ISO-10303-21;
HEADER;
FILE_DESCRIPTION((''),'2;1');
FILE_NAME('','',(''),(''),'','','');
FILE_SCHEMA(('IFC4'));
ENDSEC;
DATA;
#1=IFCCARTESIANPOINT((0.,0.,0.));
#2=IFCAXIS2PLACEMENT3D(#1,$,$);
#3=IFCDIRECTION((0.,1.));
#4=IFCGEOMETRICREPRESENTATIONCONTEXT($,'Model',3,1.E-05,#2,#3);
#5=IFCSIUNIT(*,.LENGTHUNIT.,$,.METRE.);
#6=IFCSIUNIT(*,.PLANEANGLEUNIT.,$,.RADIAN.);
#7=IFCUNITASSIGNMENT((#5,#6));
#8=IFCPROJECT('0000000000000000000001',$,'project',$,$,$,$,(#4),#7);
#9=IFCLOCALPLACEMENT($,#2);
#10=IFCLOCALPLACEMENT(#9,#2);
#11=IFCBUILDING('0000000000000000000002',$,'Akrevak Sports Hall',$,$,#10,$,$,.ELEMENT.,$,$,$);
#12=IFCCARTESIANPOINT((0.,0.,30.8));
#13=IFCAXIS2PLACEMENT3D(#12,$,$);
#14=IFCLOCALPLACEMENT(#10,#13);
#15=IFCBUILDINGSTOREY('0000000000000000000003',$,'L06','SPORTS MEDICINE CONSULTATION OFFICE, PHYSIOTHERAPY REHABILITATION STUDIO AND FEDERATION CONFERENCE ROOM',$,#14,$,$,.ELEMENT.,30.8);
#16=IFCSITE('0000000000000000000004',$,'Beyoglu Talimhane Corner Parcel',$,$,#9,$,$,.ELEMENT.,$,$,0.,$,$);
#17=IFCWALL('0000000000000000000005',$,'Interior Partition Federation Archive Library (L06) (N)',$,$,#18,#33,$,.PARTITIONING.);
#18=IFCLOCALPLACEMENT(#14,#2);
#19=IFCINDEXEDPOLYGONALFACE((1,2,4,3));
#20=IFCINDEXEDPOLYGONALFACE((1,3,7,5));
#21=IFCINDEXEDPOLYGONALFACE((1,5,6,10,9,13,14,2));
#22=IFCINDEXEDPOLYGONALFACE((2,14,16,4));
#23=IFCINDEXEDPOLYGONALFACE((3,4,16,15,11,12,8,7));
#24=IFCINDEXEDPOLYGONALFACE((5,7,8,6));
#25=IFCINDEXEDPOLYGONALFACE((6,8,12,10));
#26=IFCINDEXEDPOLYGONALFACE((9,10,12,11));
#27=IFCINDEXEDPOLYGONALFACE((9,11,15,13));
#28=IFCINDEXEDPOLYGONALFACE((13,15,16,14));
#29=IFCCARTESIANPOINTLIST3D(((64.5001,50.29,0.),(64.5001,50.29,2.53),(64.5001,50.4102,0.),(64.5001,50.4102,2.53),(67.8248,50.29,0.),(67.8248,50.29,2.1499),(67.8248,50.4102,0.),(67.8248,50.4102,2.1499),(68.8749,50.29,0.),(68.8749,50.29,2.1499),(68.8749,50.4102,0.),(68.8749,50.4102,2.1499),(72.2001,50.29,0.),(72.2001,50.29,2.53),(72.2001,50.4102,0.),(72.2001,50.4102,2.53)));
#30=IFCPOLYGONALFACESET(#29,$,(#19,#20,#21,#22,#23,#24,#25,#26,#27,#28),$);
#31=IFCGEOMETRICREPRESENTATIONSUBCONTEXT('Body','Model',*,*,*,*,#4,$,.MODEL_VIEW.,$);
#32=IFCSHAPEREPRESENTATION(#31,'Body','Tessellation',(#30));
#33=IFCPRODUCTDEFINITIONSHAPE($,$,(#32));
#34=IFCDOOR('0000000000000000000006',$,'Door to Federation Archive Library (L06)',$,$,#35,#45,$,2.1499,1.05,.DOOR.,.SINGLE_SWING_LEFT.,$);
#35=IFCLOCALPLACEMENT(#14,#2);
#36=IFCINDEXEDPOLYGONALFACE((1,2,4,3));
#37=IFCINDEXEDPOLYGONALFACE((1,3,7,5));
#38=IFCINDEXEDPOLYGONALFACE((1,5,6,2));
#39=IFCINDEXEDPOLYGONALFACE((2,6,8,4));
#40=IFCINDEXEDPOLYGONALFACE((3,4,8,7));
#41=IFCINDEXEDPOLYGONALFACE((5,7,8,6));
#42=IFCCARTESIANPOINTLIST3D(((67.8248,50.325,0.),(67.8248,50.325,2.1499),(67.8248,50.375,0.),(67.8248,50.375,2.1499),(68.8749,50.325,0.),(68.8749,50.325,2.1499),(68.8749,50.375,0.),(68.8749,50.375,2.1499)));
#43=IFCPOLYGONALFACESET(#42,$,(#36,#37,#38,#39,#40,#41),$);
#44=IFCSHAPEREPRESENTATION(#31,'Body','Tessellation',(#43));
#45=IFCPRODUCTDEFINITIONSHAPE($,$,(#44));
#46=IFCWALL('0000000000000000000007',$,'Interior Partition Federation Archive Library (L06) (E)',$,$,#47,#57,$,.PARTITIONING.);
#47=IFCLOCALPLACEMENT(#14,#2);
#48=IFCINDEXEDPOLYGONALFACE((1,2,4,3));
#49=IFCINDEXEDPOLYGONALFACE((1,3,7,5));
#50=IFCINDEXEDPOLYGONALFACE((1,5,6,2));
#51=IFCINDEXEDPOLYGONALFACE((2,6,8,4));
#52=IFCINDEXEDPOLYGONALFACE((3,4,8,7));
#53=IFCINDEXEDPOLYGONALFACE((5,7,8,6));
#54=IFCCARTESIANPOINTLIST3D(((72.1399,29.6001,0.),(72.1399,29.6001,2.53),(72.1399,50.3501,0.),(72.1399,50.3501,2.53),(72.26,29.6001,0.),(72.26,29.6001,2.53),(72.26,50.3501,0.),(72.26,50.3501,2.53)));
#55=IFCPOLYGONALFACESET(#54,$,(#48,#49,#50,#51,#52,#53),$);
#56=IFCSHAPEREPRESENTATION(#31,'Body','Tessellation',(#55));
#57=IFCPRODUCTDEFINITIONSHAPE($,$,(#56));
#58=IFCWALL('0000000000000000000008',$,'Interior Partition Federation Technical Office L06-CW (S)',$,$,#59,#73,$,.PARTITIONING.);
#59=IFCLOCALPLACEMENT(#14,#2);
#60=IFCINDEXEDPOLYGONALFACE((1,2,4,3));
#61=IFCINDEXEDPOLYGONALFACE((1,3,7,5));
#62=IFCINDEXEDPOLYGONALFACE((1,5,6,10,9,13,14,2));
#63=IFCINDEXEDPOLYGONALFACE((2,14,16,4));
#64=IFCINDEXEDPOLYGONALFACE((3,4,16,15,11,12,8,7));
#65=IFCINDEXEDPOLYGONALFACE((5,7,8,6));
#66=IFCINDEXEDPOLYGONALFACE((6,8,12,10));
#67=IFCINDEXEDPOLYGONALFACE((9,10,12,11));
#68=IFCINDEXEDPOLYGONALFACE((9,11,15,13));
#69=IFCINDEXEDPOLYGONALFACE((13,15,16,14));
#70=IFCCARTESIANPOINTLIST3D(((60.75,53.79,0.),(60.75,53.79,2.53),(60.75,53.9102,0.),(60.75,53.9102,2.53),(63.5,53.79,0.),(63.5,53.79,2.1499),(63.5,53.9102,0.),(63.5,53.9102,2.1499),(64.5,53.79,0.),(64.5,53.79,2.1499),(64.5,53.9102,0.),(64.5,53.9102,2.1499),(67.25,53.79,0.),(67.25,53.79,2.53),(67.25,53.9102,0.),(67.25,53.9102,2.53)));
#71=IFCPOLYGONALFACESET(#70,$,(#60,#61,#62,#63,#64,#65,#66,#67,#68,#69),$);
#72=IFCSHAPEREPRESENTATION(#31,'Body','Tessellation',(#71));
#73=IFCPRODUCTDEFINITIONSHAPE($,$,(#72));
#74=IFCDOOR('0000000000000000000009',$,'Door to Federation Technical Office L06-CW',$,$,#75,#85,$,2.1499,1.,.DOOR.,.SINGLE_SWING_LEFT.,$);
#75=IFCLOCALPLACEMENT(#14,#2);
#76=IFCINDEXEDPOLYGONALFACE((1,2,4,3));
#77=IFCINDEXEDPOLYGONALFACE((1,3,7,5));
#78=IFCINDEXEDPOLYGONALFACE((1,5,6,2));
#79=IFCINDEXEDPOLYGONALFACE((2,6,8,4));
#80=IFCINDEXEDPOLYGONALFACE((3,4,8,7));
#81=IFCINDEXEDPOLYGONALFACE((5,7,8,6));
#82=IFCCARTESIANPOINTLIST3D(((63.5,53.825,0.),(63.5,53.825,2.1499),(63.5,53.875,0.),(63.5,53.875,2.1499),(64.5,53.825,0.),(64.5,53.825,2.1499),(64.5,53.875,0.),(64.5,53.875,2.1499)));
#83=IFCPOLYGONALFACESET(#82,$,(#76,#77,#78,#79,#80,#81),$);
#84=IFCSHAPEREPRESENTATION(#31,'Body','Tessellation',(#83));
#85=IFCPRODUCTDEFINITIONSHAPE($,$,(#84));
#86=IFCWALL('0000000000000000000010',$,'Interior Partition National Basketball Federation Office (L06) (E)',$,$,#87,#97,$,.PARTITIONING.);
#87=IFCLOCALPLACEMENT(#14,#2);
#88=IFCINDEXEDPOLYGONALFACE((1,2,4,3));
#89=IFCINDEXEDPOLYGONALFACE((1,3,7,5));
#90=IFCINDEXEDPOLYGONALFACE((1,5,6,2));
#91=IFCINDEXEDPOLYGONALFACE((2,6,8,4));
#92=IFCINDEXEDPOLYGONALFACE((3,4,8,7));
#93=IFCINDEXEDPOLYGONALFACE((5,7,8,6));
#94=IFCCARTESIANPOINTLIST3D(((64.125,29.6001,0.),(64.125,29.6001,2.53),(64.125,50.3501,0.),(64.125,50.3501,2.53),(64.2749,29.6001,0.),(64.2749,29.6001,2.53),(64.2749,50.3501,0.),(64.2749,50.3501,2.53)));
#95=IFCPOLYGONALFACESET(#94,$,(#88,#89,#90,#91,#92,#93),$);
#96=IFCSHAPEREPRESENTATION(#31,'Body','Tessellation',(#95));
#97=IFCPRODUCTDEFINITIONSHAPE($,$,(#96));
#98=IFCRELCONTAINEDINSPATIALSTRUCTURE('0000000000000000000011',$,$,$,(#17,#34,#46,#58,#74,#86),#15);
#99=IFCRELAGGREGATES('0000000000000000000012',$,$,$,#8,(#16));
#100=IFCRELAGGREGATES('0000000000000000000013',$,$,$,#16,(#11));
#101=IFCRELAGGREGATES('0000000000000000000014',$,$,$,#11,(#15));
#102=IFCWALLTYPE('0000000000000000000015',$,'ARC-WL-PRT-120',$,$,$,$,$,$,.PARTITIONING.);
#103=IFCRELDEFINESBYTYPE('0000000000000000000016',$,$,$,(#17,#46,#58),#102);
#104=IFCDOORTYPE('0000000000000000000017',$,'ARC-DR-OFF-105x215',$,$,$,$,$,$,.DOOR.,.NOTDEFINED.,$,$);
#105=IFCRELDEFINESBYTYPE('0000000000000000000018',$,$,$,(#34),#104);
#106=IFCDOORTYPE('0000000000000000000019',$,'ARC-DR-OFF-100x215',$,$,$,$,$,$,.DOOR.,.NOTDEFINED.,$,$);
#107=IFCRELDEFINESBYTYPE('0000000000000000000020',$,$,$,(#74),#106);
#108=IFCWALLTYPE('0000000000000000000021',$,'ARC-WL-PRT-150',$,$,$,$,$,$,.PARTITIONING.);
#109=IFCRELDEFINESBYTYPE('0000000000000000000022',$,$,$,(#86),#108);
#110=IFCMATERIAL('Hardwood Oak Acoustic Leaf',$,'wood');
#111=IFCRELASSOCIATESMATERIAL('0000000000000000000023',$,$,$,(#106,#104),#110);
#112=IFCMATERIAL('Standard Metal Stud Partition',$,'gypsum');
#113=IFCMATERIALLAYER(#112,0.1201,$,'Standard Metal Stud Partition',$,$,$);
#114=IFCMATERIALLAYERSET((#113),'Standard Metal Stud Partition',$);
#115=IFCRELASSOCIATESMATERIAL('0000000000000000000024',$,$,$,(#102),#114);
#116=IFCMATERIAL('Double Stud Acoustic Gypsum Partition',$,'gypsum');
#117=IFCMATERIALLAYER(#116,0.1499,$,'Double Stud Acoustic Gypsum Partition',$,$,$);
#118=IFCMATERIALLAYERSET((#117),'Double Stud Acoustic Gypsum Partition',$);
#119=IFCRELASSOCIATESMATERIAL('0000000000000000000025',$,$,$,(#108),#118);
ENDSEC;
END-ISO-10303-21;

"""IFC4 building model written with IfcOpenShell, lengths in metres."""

from ifc_helpers import new_model, si_unit, direction, frame, frame_2d, origin, place, context, subcontext, project, spatial, rectangle, extrude, material, layer, layer_set, type_object, element, fill, save


model = new_model("IFC4")

# Units and contexts
model_context = context("Model", 3, precision=1e-05, world=origin(), true_north=direction((0.0, 1.0)))
body_context = subcontext(model_context, "Body", "Model", "MODEL_VIEW")
ifc_project = project(units=[si_unit("LENGTHUNIT", "METRE"), si_unit("PLANEANGLEUNIT", "RADIAN")], contexts=[model_context])

# Site, building, storey
site_placement = place(None, origin())
site = spatial("IfcSite", under=ifc_project, at=site_placement, Name="Beyoglu Talimhane Corner Parcel", CompositionType="ELEMENT", RefElevation=0.0)
building_placement = place(site_placement, origin())
building = spatial("IfcBuilding", under=site, at=building_placement, Name="Akrevak Sports Hall", CompositionType="ELEMENT")
storey_placement = place(building_placement, frame((0.0, 0.0, 30.8)))
storey = spatial("IfcBuildingStorey", under=building, at=storey_placement, Name="L06", Description="SPORTS MEDICINE CONSULTATION OFFICE, PHYSIOTHERAPY REHABILITATION STUDIO AND FEDERATION CONFERENCE ROOM", CompositionType="ELEMENT", Elevation=30.8)

# Wall, opening, door
ifc_material_1 = material(Name="Hardwood Oak Acoustic Leaf", Category="wood")
door_type_1 = type_object("IfcDoorType", Name="ARC-DR-OFF-100x215", OperationType="NOTDEFINED", PredefinedType="DOOR", material=ifc_material_1)
ifc_material_2 = material(Name="Standard Metal Stud Partition", Category="gypsum")
ifc_layer_1 = layer(ifc_material_2, 0.1201, Name="Standard Metal Stud Partition")
ifc_layer_set_1 = layer_set([ifc_layer_1], Name="Standard Metal Stud Partition")
wall_type_1 = type_object("IfcWallType", Name="ARC-WL-PRT-120", PredefinedType="PARTITIONING", material=ifc_layer_set_1)
wall_1_placement = place(storey_placement, frame((64.5, 50.3501, 0.0), z_axis=(0.0, 0.0, 1.0), x_axis=(1.0, 0.0, 0.0)))
wall_1 = element("IfcWall", 1, at=wall_1_placement, inside=storey, type_object=wall_type_1, Name="Interior Partition Federation Archive Library (L06) (N)", PredefinedType="PARTITIONING", context=body_context, shape_type="SweptSolid", body=[
    extrude(rectangle(XDim=7.7, YDim=0.1201, at=frame_2d((3.8501, 0.0))), origin(), (0.0, 0.0, 1.0), 2.53),
])
opening_1_placement = place(wall_1_placement, frame((3.325, 0.0, 0.0)))
opening_1 = element("IfcOpeningElement", 2, at=opening_1_placement, cuts=wall_1, PredefinedType="OPENING", context=body_context, shape_type="SweptSolid", body=[
    extrude(rectangle(XDim=1.05, YDim=2.1499, at=frame_2d((0.5249, 1.075))), frame((0.0, 0.072, 0.0), z_axis=(0.0, -1.0, 0.0), x_axis=(1.0, 0.0, 0.0)), (0.0, 0.0, 1.0), 0.144),
])
door_type_2 = type_object("IfcDoorType", Name="ARC-DR-OFF-105x215", OperationType="NOTDEFINED", PredefinedType="DOOR", material=ifc_material_1)
door_1_placement = place(opening_1_placement, origin())
door_1 = element("IfcDoor", 3, at=door_1_placement, inside=storey, type_object=door_type_2, Name="Door to Federation Archive Library (L06)", OperationType="SINGLE_SWING_LEFT", OverallHeight=2.1499, OverallWidth=1.05, PredefinedType="DOOR", context=body_context, shape_type="SweptSolid", body=[
    extrude(rectangle(XDim=1.05, YDim=2.1499, at=frame_2d((0.5249, 1.075))), frame((0.0, 0.0249, 0.0), z_axis=(0.0, -1.0, 0.0), x_axis=(1.0, 0.0, 0.0)), (0.0, 0.0, 1.0), 0.05),
])
fill(opening_1, door_1)

# Wall
wall_2_placement = place(storey_placement, frame((72.2, 29.6001, 0.0), z_axis=(0.0, 0.0, 1.0), x_axis=(0.0, 1.0, 0.0)))
element("IfcWall", 4, at=wall_2_placement, inside=storey, type_object=wall_type_1, Name="Interior Partition Federation Archive Library (L06) (E)", PredefinedType="PARTITIONING", context=body_context, shape_type="SweptSolid", body=[
    extrude(rectangle(XDim=20.75, YDim=0.1201, at=frame_2d((10.375, 0.0))), origin(), (0.0, 0.0, 1.0), 2.53),
])

# Wall, opening, door
wall_3_placement = place(storey_placement, frame((60.75, 53.8501, 0.0), z_axis=(0.0, 0.0, 1.0), x_axis=(1.0, 0.0, 0.0)))
wall_3 = element("IfcWall", 5, at=wall_3_placement, inside=storey, type_object=wall_type_1, Name="Interior Partition Federation Technical Office L06-CW (S)", PredefinedType="PARTITIONING", context=body_context, shape_type="SweptSolid", body=[
    extrude(rectangle(XDim=6.5, YDim=0.1201, at=frame_2d((3.25, 0.0))), origin(), (0.0, 0.0, 1.0), 2.53),
])
opening_2_placement = place(wall_3_placement, frame((2.75, 0.0, 0.0)))
opening_2 = element("IfcOpeningElement", 6, at=opening_2_placement, cuts=wall_3, PredefinedType="OPENING", context=body_context, shape_type="SweptSolid", body=[
    extrude(rectangle(XDim=1.0, YDim=2.1499, at=frame_2d((0.5, 1.075))), frame((0.0, 0.072, 0.0), z_axis=(0.0, -1.0, 0.0), x_axis=(1.0, 0.0, 0.0)), (0.0, 0.0, 1.0), 0.144),
])
door_2_placement = place(opening_2_placement, origin())
door_2 = element("IfcDoor", 7, at=door_2_placement, inside=storey, type_object=door_type_1, Name="Door to Federation Technical Office L06-CW", OperationType="SINGLE_SWING_LEFT", OverallHeight=2.1499, OverallWidth=1.0, PredefinedType="DOOR", context=body_context, shape_type="SweptSolid", body=[
    extrude(rectangle(XDim=1.0, YDim=2.1499, at=frame_2d((0.5, 1.075))), frame((0.0, 0.0249, 0.0), z_axis=(0.0, -1.0, 0.0), x_axis=(1.0, 0.0, 0.0)), (0.0, 0.0, 1.0), 0.05),
])
fill(opening_2, door_2)

# Wall
ifc_material_3 = material(Name="Double Stud Acoustic Gypsum Partition", Category="gypsum")
ifc_layer_2 = layer(ifc_material_3, 0.1499, Name="Double Stud Acoustic Gypsum Partition")
ifc_layer_set_2 = layer_set([ifc_layer_2], Name="Double Stud Acoustic Gypsum Partition")
wall_type_2 = type_object("IfcWallType", Name="ARC-WL-PRT-150", PredefinedType="PARTITIONING", material=ifc_layer_set_2)
wall_4_placement = place(storey_placement, frame((64.2, 29.6001, 0.0), z_axis=(0.0, 0.0, 1.0), x_axis=(0.0, 1.0, 0.0)))
element("IfcWall", 8, at=wall_4_placement, inside=storey, type_object=wall_type_2, Name="Interior Partition National Basketball Federation Office (L06) (E)", PredefinedType="PARTITIONING", context=body_context, shape_type="SweptSolid", body=[
    extrude(rectangle(XDim=20.75, YDim=0.1499, at=frame_2d((10.375, 0.0))), origin(), (0.0, 0.0, 1.0), 2.53),
])

save(model, "model.ifc")
